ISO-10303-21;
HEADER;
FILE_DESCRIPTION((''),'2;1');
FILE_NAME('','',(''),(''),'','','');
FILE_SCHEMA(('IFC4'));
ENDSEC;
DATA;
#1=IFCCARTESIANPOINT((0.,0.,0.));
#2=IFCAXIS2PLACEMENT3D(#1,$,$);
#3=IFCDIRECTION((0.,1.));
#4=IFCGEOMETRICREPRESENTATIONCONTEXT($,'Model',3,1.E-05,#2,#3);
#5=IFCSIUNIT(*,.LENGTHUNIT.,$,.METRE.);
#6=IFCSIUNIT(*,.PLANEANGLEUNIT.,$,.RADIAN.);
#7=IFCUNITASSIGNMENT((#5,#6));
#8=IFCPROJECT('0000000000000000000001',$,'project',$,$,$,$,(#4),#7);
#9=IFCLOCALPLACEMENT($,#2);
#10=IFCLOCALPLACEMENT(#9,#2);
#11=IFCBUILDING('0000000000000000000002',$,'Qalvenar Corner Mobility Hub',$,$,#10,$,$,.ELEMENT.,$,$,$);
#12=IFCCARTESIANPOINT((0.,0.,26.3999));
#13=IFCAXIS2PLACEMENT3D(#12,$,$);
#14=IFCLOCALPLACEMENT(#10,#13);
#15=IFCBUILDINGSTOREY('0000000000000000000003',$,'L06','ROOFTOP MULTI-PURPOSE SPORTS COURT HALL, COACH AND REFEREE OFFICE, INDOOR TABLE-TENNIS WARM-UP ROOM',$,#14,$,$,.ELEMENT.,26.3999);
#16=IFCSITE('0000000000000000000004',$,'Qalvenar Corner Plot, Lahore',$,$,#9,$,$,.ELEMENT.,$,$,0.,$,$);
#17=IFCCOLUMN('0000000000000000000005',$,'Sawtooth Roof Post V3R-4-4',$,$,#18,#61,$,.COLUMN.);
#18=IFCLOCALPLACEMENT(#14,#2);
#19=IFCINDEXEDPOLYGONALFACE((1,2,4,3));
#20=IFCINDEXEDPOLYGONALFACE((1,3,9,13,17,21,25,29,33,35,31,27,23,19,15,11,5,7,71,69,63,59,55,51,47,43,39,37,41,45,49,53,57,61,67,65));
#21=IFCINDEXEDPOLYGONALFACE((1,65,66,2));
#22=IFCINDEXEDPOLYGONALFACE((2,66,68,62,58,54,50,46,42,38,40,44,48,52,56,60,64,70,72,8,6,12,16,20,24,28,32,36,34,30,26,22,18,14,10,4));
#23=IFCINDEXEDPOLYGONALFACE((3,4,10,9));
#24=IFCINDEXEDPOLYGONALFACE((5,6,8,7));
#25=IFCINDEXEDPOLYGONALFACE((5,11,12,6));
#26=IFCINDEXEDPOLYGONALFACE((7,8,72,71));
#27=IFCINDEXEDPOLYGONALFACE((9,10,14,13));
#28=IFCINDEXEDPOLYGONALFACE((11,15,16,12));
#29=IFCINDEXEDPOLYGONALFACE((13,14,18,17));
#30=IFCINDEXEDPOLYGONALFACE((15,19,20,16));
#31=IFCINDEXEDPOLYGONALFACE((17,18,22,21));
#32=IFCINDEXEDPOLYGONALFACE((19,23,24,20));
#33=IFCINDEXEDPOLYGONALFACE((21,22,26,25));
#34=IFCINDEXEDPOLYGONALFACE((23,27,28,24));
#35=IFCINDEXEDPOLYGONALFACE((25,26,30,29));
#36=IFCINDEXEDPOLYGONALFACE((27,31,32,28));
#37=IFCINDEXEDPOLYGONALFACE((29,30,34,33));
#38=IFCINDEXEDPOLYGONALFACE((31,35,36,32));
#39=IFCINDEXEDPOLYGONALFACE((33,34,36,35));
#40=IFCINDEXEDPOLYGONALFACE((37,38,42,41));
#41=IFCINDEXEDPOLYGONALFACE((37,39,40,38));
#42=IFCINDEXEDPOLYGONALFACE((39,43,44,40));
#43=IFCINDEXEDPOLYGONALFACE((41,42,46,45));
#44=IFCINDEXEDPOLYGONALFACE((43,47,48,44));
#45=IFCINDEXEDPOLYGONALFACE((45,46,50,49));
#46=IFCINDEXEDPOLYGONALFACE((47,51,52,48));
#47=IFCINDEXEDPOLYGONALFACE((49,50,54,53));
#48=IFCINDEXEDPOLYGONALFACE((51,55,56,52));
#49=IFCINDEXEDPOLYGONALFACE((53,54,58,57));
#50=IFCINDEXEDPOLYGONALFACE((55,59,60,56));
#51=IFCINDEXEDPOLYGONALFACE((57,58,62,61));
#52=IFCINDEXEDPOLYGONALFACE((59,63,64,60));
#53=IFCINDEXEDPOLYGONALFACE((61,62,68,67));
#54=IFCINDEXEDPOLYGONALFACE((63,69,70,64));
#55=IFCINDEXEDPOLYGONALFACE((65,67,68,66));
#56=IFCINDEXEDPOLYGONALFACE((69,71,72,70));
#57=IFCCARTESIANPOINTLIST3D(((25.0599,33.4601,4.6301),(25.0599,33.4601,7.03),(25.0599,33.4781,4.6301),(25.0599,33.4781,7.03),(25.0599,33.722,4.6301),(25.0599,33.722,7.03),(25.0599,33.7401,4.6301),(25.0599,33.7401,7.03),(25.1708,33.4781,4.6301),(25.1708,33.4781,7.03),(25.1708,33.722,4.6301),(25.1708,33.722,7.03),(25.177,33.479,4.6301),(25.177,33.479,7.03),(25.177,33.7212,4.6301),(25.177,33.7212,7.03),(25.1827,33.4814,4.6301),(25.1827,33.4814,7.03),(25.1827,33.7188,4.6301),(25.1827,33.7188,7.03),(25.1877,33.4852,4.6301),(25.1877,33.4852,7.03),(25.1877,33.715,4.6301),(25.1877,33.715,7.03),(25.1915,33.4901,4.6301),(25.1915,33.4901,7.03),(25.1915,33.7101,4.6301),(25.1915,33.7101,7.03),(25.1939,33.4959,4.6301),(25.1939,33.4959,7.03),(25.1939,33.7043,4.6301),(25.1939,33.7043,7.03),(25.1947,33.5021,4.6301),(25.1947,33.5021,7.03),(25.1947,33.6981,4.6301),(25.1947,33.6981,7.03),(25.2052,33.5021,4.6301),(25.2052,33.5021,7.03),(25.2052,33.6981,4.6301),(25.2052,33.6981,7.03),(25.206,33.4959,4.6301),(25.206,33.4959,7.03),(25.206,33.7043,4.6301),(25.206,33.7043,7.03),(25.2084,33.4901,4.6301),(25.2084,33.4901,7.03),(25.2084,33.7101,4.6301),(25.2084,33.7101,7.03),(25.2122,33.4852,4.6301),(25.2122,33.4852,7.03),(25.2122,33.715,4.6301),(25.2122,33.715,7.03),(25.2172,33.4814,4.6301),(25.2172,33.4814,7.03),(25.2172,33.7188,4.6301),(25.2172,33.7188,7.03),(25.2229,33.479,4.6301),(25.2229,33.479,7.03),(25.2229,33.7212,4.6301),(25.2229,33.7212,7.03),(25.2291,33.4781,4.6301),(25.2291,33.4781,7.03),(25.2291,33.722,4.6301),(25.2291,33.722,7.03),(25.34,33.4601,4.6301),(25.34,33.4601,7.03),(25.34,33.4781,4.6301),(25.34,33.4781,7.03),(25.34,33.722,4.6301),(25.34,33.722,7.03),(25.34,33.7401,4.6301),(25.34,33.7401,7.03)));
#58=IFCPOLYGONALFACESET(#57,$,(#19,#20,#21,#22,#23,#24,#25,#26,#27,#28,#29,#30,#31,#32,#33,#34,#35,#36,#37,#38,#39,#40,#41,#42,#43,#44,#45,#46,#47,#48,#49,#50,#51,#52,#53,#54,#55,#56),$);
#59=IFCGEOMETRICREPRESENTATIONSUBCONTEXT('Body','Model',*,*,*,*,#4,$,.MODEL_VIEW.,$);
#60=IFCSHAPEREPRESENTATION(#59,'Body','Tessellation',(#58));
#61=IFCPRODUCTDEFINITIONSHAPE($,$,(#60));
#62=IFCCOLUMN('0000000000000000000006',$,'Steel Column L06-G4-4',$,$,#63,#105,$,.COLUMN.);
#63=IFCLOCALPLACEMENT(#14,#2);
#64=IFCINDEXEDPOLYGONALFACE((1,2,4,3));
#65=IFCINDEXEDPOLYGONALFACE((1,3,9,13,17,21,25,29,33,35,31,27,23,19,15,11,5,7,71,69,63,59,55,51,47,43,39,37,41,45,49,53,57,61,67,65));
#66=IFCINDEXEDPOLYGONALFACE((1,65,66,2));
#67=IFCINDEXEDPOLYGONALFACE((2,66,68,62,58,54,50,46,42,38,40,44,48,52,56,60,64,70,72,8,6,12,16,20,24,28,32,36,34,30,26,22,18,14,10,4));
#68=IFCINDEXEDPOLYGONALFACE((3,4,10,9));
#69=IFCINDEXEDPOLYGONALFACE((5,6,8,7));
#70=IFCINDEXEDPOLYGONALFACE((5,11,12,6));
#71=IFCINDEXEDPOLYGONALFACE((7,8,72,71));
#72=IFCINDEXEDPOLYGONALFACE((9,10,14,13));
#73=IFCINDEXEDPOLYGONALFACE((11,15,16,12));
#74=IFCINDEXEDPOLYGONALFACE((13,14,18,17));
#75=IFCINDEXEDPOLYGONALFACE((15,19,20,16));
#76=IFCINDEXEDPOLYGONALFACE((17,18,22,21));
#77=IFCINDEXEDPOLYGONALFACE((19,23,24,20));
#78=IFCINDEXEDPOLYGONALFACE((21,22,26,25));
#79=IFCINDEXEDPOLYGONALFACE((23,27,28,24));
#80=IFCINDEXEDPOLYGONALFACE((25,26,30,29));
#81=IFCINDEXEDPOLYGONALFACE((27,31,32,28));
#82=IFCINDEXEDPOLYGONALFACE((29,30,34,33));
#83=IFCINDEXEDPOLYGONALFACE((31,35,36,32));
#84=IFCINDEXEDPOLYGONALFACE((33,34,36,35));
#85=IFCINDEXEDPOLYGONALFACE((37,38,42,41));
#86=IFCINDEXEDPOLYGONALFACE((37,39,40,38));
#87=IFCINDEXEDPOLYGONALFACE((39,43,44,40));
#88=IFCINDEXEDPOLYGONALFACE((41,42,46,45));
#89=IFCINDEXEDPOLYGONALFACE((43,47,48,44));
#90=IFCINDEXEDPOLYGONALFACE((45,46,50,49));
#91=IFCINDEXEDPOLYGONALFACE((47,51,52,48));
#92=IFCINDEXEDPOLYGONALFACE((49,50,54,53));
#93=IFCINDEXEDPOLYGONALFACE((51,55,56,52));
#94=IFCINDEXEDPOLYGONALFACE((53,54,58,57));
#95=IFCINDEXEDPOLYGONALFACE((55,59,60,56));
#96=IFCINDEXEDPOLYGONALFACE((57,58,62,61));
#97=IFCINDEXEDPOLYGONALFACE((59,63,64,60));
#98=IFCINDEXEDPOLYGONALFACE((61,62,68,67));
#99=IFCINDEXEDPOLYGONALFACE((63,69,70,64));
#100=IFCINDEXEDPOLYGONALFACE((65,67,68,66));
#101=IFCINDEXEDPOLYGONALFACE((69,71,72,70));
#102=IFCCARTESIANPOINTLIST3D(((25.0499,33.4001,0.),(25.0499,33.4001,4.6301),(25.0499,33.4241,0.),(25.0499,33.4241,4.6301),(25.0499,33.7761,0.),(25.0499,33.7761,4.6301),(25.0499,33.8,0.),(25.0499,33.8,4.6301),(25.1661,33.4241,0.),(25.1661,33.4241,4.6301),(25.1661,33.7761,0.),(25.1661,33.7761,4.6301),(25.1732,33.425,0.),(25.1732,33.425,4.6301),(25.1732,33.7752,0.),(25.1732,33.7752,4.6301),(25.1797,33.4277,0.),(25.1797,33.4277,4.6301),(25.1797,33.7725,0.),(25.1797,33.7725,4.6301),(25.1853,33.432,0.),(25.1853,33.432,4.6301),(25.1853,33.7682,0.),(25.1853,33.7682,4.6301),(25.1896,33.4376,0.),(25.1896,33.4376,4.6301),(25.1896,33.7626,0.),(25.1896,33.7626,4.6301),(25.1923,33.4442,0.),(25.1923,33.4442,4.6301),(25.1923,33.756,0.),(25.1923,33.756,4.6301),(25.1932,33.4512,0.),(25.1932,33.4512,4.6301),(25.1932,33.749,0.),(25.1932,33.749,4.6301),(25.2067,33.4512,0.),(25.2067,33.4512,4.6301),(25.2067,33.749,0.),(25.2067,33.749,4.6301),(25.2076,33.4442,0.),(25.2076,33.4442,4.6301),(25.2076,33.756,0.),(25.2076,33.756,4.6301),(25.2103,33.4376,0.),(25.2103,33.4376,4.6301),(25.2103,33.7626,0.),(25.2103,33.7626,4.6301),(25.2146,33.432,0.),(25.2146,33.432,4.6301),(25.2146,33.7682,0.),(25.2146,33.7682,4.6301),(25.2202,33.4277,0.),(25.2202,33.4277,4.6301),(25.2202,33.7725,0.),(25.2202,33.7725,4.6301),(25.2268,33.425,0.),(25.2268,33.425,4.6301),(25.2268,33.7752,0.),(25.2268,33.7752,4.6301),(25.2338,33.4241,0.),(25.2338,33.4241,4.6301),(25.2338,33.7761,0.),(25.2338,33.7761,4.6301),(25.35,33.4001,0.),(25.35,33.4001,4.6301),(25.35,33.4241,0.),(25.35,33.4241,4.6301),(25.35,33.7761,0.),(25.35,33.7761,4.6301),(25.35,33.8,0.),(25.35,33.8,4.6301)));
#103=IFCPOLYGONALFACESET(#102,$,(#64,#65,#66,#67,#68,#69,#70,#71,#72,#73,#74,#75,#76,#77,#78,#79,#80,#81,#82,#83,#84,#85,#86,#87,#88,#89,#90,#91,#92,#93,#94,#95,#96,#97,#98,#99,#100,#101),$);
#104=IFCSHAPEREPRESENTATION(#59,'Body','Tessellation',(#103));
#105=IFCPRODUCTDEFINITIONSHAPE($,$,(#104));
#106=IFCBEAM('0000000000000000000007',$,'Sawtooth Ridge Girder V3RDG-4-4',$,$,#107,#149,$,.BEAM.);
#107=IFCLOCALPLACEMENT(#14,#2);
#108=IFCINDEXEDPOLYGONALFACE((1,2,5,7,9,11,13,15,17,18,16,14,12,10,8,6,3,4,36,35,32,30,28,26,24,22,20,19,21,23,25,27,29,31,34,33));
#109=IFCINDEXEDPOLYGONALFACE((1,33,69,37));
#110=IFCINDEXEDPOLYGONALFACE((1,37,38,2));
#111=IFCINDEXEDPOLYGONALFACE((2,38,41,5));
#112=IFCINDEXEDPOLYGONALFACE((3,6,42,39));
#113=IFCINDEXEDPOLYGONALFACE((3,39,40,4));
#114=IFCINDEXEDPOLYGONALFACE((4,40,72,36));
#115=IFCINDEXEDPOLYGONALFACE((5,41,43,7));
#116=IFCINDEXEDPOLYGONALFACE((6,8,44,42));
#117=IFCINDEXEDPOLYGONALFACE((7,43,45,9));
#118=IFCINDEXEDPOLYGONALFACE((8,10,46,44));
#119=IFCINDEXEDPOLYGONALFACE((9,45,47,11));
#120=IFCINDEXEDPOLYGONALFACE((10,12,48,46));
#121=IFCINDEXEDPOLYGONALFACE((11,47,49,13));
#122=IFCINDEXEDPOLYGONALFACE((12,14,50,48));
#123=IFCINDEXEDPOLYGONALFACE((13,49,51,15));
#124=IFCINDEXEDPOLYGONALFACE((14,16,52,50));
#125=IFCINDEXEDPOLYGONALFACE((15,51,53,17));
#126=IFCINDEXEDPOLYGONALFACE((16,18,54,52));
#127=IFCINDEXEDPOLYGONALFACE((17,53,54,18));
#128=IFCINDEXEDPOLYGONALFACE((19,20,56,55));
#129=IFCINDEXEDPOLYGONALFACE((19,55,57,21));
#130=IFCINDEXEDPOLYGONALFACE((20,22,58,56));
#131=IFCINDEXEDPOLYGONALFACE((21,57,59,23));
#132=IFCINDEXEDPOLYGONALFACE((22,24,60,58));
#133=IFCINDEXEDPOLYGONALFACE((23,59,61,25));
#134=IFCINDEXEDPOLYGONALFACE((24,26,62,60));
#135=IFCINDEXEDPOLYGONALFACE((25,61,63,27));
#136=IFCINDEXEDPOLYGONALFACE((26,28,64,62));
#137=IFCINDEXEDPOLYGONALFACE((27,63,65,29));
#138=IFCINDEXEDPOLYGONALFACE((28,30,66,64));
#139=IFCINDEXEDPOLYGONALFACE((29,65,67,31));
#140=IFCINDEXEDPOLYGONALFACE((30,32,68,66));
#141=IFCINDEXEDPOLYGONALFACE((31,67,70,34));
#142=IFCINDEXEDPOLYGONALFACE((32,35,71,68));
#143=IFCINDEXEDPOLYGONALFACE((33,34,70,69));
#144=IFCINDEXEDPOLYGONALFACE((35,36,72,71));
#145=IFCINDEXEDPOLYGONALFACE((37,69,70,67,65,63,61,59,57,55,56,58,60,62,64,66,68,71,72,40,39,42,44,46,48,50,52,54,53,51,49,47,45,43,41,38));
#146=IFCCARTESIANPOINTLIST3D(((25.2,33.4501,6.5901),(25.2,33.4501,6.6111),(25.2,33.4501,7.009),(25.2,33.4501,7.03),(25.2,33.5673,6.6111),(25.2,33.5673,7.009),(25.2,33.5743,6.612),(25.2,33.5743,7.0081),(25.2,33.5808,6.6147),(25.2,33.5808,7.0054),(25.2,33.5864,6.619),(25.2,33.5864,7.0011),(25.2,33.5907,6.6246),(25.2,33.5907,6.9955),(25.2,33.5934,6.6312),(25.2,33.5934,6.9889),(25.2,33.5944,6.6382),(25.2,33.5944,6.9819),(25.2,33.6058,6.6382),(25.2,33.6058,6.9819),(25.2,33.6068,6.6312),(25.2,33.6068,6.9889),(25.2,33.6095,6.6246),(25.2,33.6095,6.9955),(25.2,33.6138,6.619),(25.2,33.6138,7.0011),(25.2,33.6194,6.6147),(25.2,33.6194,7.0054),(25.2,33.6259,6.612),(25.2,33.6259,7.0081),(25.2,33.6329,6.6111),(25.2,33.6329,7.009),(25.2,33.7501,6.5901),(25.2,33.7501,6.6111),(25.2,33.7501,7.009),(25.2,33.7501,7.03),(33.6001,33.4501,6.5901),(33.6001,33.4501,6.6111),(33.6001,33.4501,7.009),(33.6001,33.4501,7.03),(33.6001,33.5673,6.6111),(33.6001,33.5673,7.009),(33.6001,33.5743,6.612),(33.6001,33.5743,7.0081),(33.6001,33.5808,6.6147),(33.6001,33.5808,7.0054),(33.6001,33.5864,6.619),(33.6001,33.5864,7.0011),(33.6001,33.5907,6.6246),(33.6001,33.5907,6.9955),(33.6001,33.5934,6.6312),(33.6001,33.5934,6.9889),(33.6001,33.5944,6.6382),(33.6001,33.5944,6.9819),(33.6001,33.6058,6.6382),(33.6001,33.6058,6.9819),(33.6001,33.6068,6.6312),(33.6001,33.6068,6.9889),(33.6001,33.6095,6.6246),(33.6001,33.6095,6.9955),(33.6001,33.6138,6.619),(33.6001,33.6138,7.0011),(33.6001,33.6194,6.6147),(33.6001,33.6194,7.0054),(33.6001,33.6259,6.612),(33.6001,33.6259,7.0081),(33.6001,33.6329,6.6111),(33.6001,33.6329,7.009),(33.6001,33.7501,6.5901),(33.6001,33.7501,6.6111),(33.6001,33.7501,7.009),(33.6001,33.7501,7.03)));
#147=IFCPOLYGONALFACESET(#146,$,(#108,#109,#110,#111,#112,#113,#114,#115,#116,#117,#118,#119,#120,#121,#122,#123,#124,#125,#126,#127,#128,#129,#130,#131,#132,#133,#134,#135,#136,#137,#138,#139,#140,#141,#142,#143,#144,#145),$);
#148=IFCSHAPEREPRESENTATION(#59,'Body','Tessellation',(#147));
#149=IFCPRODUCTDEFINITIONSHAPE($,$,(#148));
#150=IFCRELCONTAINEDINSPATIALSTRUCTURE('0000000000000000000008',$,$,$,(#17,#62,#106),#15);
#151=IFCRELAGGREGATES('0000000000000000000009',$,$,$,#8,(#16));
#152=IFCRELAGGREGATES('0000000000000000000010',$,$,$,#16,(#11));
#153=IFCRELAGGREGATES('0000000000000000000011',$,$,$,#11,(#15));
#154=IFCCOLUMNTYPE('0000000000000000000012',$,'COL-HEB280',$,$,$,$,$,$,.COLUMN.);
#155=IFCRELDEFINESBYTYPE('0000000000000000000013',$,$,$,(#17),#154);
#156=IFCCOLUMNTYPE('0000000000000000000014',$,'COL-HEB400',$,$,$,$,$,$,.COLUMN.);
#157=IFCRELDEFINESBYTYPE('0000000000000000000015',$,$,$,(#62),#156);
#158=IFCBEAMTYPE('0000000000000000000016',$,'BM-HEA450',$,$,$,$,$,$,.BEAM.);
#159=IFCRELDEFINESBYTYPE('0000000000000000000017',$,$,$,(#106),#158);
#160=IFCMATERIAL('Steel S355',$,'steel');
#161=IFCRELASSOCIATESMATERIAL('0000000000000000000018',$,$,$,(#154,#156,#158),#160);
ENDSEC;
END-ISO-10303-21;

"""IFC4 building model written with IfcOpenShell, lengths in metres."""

from ifc_helpers import new_model, si_unit, direction, frame, origin, origin_2d, place, context, subcontext, project, spatial, i_section, extrude, material, material_profile, profile_set, type_object, element, save


model = new_model("IFC4")

# Units and contexts
model_context = context("Model", 3, precision=1e-05, world=origin(), true_north=direction((0.0, 1.0)))
body_context = subcontext(model_context, "Body", "Model", "MODEL_VIEW")
ifc_project = project(units=[si_unit("LENGTHUNIT", "METRE"), si_unit("PLANEANGLEUNIT", "RADIAN")], contexts=[model_context])

# Site, building, storey
site_placement = place(None, origin())
site = spatial("IfcSite", under=ifc_project, at=site_placement, Name="Qalvenar Corner Plot, Lahore", CompositionType="ELEMENT", RefElevation=0.0)
building_placement = place(site_placement, origin())
building = spatial("IfcBuilding", under=site, at=building_placement, Name="Qalvenar Corner Mobility Hub", CompositionType="ELEMENT")
storey_placement = place(building_placement, frame((0.0, 0.0, 26.3999)))
storey = spatial("IfcBuildingStorey", under=building, at=storey_placement, Name="L06", Description="ROOFTOP MULTI-PURPOSE SPORTS COURT HALL, COACH AND REFEREE OFFICE, INDOOR TABLE-TENNIS WARM-UP ROOM", CompositionType="ELEMENT", Elevation=26.3999)

# Columns
ifc_material_1 = material(Name="Steel S355", Category="steel")
ifc_material_profile_1 = material_profile(ifc_material_1, i_section(OverallWidth=0.28, OverallDepth=0.28, WebThickness=0.0105, FlangeThickness=0.0181, FilletRadius=0.0239, at=origin_2d()), Name="HEB280")
ifc_profile_set_1 = profile_set([ifc_material_profile_1], Name="Steel S355")
column_type_1 = type_object("IfcColumnType", Name="COL-HEB280", PredefinedType="COLUMN", material=ifc_profile_set_1)
column_1_placement = place(storey_placement, frame((25.2, 33.6001, 4.6301), z_axis=(0.0, 0.0, 1.0), x_axis=(1.0, 0.0, 0.0)))
element("IfcColumn", 1, at=column_1_placement, inside=storey, type_object=column_type_1, Name="Sawtooth Roof Post V3R-4-4", PredefinedType="COLUMN", context=body_context, shape_type="SweptSolid", body=[
    extrude(i_section(OverallWidth=0.28, OverallDepth=0.28, WebThickness=0.0105, FlangeThickness=0.0181, FilletRadius=0.0239, at=origin_2d()), origin(), (0.0, 0.0, 1.0), 2.3999),
])
ifc_material_profile_2 = material_profile(ifc_material_1, i_section(OverallWidth=0.3, OverallDepth=0.3999, WebThickness=0.0134, FlangeThickness=0.0239, FilletRadius=0.0271, at=origin_2d()), Name="HEB400")
ifc_profile_set_2 = profile_set([ifc_material_profile_2], Name="Steel S355")
column_type_2 = type_object("IfcColumnType", Name="COL-HEB400", PredefinedType="COLUMN", material=ifc_profile_set_2)
column_2_placement = place(storey_placement, frame((25.2, 33.6001, 0.0), z_axis=(0.0, 0.0, 1.0), x_axis=(1.0, 0.0, 0.0)))
element("IfcColumn", 2, at=column_2_placement, inside=storey, type_object=column_type_2, Name="Steel Column L06-G4-4", PredefinedType="COLUMN", context=body_context, shape_type="SweptSolid", body=[
    extrude(i_section(OverallWidth=0.3, OverallDepth=0.3999, WebThickness=0.0134, FlangeThickness=0.0239, FilletRadius=0.0271, at=origin_2d()), origin(), (0.0, 0.0, 1.0), 4.6301),
])

# Beam
ifc_material_profile_3 = material_profile(ifc_material_1, i_section(OverallWidth=0.3, OverallDepth=0.4399, WebThickness=0.0115, FlangeThickness=0.021, FilletRadius=0.0271, at=origin_2d()), Name="HEA450")
ifc_profile_set_3 = profile_set([ifc_material_profile_3], Name="Steel S355")
beam_type_1 = type_object("IfcBeamType", Name="BM-HEA450", PredefinedType="BEAM", material=ifc_profile_set_3)
beam_1_placement = place(storey_placement, frame((25.2, 33.6001, 6.8101), z_axis=(1.0, 0.0, 0.0), x_axis=(0.0, 1.0, 0.0)))
element("IfcBeam", 3, at=beam_1_placement, inside=storey, type_object=beam_type_1, Name="Sawtooth Ridge Girder V3RDG-4-4", PredefinedType="BEAM", context=body_context, shape_type="SweptSolid", body=[
    extrude(i_section(OverallWidth=0.3, OverallDepth=0.4399, WebThickness=0.0115, FlangeThickness=0.021, FilletRadius=0.0271, at=origin_2d()), origin(), (0.0, 0.0, 1.0), 8.4001),
])

save(model, "model.ifc")
